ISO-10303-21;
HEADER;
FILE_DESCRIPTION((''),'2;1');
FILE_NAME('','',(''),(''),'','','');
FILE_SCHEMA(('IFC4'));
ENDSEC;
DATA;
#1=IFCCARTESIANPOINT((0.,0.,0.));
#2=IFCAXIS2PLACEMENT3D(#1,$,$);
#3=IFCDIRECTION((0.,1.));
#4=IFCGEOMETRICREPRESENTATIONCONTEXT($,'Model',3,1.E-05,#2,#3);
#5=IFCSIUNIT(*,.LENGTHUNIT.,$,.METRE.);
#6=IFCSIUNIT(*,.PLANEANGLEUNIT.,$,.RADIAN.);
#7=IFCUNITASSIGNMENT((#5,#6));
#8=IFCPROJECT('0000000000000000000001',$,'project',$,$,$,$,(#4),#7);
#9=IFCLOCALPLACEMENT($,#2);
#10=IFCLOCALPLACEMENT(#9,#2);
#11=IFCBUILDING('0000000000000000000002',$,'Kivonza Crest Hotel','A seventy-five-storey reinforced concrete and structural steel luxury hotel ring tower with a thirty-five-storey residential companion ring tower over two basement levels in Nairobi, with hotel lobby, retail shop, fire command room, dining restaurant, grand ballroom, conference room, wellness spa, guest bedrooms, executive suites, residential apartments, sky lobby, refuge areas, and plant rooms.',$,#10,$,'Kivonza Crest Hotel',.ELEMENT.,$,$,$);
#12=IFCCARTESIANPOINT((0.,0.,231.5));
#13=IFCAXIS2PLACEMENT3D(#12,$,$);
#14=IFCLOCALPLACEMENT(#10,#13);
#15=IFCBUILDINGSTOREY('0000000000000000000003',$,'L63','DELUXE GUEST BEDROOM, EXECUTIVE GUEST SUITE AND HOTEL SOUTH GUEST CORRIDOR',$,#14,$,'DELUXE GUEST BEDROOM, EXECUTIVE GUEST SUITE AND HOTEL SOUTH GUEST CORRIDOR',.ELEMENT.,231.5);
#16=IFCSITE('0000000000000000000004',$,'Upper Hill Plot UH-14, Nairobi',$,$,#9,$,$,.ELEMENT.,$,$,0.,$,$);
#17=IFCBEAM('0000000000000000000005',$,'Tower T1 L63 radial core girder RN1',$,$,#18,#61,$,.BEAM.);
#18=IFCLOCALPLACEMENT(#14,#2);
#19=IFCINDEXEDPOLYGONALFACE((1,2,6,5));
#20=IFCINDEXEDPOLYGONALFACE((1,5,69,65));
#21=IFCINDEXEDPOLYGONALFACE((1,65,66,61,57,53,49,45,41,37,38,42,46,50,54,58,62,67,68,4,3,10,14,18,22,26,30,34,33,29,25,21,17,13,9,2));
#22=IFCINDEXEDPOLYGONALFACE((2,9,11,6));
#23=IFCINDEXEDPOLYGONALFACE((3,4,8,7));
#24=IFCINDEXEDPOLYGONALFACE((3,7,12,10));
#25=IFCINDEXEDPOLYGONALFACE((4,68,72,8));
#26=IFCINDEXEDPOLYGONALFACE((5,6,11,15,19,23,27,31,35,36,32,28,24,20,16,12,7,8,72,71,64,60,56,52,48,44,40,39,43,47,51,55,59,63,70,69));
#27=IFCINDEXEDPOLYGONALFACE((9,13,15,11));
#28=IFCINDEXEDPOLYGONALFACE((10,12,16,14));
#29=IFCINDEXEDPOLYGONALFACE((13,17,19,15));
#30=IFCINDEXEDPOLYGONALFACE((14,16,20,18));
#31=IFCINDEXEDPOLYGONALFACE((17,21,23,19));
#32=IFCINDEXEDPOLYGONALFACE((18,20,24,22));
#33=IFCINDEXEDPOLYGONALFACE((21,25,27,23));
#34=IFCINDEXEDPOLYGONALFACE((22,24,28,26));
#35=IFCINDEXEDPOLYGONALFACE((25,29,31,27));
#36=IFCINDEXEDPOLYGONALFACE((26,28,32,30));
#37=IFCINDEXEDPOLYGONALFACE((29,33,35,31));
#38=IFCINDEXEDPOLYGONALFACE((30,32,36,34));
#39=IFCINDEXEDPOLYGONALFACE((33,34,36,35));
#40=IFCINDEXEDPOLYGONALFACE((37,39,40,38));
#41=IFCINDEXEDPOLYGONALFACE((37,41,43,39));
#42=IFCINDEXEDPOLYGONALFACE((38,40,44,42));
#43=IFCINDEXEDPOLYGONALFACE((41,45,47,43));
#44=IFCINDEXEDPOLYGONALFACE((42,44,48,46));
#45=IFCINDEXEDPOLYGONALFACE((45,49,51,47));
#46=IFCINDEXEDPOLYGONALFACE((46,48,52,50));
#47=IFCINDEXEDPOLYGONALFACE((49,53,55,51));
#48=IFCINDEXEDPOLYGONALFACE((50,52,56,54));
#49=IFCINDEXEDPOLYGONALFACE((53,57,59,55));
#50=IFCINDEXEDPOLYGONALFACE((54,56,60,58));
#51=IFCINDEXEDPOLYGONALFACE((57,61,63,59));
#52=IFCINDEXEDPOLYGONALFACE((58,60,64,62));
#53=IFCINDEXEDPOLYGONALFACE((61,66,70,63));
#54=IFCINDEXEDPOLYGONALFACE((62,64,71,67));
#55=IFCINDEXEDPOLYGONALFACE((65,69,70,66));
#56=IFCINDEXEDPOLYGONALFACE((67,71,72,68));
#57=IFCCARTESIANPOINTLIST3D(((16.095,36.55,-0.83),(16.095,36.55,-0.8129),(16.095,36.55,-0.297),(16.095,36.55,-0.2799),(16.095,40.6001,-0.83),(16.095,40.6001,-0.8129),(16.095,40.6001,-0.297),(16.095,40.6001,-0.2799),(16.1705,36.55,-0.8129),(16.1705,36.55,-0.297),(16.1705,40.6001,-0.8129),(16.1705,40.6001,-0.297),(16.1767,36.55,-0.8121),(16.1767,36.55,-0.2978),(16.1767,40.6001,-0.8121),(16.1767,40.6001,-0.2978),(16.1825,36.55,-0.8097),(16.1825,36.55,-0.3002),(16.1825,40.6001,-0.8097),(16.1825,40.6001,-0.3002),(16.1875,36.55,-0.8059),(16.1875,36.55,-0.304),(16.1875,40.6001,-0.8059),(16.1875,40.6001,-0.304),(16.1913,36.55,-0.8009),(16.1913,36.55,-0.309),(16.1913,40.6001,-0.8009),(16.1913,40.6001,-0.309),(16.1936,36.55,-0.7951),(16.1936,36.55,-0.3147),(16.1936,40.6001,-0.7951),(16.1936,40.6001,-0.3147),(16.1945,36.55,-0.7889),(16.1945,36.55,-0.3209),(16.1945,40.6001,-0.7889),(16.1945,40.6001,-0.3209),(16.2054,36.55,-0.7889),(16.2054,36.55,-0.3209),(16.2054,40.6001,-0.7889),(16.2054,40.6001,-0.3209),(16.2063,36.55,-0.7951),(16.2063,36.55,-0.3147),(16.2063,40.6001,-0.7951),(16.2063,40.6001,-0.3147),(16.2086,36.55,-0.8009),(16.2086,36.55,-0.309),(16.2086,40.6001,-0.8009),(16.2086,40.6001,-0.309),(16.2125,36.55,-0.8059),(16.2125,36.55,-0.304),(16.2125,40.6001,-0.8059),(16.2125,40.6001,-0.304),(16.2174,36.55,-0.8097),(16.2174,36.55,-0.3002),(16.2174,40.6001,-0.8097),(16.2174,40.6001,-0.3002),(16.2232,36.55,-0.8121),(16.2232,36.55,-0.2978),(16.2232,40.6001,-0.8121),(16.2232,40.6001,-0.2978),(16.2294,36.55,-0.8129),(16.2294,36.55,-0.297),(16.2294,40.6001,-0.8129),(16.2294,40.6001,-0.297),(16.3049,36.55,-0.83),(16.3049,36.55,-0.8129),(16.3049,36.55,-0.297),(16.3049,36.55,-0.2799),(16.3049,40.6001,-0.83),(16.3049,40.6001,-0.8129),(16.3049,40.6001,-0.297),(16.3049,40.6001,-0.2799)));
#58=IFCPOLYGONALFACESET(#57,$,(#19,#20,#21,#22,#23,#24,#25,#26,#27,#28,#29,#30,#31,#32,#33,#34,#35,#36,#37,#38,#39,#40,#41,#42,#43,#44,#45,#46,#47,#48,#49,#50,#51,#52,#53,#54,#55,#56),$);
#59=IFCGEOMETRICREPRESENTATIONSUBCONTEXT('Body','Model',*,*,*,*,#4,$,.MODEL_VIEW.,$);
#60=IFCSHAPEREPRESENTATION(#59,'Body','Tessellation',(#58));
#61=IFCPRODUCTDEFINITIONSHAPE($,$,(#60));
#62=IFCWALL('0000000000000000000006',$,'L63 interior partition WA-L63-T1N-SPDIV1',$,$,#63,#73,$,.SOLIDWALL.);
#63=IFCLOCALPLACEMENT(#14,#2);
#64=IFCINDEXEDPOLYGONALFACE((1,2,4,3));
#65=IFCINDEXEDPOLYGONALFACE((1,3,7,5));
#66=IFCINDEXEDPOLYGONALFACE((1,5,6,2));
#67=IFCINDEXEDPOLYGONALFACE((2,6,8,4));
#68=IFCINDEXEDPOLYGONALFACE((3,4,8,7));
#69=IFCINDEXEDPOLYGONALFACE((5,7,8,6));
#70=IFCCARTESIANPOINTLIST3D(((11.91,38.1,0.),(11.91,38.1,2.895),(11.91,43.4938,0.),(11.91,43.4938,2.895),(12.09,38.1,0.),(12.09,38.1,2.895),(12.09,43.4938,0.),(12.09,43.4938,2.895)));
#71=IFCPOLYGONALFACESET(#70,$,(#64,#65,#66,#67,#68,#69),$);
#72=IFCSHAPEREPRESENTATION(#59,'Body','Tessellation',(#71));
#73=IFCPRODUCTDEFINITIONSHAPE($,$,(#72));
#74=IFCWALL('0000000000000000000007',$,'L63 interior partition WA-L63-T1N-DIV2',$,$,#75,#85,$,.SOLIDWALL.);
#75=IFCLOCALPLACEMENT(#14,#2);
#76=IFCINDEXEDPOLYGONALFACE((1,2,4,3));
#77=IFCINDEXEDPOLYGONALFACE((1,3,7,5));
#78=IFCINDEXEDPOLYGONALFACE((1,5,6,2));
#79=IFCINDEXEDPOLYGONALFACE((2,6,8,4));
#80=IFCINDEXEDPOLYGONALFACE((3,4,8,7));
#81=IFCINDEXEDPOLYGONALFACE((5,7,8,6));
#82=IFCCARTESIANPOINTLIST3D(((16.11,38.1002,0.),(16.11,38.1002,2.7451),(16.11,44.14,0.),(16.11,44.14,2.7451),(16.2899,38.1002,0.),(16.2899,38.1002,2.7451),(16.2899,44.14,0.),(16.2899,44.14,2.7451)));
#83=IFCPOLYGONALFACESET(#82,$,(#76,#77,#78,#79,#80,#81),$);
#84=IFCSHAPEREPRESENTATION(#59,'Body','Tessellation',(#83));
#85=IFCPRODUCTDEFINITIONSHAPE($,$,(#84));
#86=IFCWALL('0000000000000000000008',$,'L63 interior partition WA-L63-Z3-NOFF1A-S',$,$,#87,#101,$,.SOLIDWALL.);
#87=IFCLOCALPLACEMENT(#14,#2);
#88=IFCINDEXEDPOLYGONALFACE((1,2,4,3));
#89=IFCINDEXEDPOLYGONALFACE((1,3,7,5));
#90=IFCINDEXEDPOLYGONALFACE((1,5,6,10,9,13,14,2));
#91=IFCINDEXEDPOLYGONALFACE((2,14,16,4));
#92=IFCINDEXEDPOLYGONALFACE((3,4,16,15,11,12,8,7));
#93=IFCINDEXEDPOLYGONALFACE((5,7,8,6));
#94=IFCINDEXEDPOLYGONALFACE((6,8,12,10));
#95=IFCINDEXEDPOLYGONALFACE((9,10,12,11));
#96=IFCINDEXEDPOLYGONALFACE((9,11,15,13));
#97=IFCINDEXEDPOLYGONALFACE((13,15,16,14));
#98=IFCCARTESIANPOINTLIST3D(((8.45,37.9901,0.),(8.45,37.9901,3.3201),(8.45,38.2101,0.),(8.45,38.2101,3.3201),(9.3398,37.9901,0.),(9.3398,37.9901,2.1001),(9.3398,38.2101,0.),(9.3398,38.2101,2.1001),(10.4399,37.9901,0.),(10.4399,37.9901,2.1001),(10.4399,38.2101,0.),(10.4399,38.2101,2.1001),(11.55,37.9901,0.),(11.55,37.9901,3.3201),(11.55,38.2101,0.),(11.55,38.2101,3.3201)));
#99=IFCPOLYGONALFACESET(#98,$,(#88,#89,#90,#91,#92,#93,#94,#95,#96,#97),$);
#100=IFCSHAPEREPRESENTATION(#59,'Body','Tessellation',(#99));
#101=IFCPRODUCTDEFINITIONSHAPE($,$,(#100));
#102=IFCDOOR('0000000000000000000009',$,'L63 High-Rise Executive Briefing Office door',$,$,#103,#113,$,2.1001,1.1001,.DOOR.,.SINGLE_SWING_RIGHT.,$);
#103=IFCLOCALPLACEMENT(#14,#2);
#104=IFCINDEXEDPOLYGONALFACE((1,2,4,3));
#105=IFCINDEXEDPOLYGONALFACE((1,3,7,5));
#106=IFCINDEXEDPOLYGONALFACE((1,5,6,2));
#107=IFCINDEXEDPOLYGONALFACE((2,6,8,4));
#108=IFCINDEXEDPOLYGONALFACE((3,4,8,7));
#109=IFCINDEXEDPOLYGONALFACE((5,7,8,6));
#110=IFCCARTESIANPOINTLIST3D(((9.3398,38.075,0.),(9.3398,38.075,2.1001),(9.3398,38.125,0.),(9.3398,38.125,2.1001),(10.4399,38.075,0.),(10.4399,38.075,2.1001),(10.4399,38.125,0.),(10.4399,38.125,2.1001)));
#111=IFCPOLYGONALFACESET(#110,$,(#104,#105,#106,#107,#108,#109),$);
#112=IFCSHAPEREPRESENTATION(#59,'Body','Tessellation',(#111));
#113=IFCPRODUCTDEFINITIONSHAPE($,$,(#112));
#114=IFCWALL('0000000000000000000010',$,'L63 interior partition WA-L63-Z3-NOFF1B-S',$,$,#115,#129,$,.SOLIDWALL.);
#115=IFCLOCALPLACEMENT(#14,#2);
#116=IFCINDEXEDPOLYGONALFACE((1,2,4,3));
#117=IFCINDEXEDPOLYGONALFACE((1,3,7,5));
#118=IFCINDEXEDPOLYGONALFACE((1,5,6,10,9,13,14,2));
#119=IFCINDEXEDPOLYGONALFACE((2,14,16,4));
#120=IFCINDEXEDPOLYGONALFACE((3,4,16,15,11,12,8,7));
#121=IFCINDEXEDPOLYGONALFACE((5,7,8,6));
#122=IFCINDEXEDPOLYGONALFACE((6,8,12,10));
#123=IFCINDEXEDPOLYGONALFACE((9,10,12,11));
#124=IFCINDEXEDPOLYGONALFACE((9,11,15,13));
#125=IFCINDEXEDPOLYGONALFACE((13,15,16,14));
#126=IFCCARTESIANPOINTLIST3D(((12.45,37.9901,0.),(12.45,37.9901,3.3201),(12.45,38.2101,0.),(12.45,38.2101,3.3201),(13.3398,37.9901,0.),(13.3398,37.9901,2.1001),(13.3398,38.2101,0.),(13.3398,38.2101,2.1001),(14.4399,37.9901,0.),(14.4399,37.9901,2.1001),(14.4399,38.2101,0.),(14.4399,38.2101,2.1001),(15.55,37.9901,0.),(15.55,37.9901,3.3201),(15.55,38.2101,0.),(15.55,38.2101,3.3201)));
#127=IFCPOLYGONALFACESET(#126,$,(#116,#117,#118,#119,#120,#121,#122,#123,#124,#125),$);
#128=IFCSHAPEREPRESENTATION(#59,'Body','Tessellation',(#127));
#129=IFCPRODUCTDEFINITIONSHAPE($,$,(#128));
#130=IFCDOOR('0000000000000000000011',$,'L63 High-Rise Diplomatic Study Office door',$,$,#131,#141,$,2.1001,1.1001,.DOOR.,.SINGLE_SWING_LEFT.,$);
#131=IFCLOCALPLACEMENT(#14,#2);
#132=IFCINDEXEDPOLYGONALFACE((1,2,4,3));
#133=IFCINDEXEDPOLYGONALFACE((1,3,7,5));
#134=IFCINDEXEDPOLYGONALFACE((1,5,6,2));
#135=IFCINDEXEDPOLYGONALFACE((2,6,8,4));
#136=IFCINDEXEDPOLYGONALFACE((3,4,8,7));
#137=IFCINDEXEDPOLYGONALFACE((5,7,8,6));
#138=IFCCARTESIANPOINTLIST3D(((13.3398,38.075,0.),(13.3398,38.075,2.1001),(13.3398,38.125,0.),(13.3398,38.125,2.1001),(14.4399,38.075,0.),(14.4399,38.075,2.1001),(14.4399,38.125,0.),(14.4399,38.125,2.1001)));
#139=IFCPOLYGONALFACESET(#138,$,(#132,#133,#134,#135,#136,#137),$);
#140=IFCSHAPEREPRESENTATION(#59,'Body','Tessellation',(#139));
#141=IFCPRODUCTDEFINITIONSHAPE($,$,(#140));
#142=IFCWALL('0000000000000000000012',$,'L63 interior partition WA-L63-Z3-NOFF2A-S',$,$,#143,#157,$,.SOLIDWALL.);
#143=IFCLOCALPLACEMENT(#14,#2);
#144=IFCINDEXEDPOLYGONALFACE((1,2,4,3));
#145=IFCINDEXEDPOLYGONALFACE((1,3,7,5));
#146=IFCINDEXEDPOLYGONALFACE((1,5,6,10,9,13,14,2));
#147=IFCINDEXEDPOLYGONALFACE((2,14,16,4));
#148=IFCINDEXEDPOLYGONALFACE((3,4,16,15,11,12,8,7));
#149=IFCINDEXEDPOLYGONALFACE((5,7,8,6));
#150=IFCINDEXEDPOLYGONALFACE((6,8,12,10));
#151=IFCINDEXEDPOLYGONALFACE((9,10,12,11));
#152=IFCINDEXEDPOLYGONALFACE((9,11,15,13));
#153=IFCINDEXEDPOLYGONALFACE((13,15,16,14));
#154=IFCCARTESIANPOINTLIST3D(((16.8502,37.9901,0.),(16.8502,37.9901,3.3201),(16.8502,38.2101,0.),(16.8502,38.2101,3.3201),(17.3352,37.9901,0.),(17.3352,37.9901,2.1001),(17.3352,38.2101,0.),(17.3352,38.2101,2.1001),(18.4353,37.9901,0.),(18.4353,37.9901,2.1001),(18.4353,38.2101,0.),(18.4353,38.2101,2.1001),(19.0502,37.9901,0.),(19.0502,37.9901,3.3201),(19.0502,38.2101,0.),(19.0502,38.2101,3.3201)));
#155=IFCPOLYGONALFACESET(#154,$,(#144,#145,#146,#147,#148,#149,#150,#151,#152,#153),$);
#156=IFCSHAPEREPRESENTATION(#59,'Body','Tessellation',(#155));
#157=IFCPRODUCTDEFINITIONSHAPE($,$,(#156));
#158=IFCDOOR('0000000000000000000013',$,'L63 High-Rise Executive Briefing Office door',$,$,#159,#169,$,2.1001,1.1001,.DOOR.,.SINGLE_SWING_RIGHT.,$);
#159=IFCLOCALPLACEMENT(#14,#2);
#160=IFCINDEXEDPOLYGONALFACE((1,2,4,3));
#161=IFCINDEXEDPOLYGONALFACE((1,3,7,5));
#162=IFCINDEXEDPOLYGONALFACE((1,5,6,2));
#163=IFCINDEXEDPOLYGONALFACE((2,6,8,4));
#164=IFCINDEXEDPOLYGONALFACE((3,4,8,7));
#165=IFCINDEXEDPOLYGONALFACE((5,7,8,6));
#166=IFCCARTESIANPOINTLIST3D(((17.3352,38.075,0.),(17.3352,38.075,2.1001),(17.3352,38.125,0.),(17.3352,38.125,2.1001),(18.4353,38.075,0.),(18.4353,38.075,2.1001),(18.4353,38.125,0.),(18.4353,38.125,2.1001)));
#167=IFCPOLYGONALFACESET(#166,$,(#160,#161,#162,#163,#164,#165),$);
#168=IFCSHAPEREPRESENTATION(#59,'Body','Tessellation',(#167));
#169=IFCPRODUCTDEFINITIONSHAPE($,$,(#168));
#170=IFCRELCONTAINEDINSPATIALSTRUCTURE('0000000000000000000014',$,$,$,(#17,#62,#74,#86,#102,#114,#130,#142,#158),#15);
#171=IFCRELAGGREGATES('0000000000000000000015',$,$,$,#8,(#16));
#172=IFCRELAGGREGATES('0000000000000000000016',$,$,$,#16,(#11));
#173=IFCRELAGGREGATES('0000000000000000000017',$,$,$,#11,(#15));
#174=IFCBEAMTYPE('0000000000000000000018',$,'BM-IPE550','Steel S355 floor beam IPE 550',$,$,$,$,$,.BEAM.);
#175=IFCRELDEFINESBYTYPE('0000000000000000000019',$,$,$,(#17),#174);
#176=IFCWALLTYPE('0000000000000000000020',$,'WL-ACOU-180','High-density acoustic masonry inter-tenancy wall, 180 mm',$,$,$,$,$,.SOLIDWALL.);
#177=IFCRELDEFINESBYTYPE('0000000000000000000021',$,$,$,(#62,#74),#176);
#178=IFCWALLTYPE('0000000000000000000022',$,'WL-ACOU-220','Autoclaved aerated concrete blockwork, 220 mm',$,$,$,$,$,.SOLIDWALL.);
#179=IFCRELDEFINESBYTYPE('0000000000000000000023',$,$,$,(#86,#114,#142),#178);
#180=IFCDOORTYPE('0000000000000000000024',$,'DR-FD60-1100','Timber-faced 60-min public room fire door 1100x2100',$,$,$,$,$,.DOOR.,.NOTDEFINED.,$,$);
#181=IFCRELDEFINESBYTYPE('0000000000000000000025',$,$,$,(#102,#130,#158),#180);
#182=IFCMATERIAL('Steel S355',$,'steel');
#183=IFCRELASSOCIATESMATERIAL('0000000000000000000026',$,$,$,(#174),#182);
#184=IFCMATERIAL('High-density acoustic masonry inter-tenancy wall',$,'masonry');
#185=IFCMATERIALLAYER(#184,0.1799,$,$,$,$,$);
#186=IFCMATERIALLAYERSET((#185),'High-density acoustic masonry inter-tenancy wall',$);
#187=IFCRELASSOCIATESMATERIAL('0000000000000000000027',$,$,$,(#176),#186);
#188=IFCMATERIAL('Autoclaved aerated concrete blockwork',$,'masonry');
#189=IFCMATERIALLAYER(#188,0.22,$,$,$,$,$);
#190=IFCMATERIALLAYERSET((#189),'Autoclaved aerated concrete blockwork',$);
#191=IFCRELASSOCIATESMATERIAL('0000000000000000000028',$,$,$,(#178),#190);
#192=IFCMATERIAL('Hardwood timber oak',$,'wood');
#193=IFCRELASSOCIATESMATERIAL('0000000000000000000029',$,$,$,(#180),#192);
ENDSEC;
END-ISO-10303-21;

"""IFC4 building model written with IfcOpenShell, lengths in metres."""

from ifc_helpers import new_model, si_unit, direction, frame, frame_2d, origin, origin_2d, place, context, subcontext, project, spatial, rectangle, i_section, extrude, material, layer, layer_set, material_profile, profile_set, type_object, element, fill, save


model = new_model("IFC4")

# Units and contexts
model_context = context("Model", 3, precision=1e-05, world=origin(), true_north=direction((0.0, 1.0)))
body_context = subcontext(model_context, "Body", "Model", "MODEL_VIEW")
ifc_project = project(units=[si_unit("LENGTHUNIT", "METRE"), si_unit("PLANEANGLEUNIT", "RADIAN")], contexts=[model_context])

# Site, building, storey
site_placement = place(None, origin())
site = spatial("IfcSite", under=ifc_project, at=site_placement, Name="Upper Hill Plot UH-14, Nairobi", CompositionType="ELEMENT", RefElevation=0.0)
building_placement = place(site_placement, origin())
building = spatial("IfcBuilding", under=site, at=building_placement, Name="Kivonza Crest Hotel", Description="A seventy-five-storey reinforced concrete and structural steel luxury hotel ring tower with a thirty-five-storey residential companion ring tower over two basement levels in Nairobi, with hotel lobby, retail shop, fire command room, dining restaurant, grand ballroom, conference room, wellness spa, guest bedrooms, executive suites, residential apartments, sky lobby, refuge areas, and plant rooms.", LongName="Kivonza Crest Hotel", CompositionType="ELEMENT")
storey_placement = place(building_placement, frame((0.0, 0.0, 231.5)))
storey = spatial("IfcBuildingStorey", under=building, at=storey_placement, Name="L63", Description="DELUXE GUEST BEDROOM, EXECUTIVE GUEST SUITE AND HOTEL SOUTH GUEST CORRIDOR", LongName="DELUXE GUEST BEDROOM, EXECUTIVE GUEST SUITE AND HOTEL SOUTH GUEST CORRIDOR", CompositionType="ELEMENT", Elevation=231.5)

# Beam
ifc_material_1 = material(Name="Steel S355", Category="steel")
ifc_material_profile_1 = material_profile(ifc_material_1, i_section(OverallWidth=0.21, OverallDepth=0.55, WebThickness=0.011, FlangeThickness=0.0171, FilletRadius=0.0239, at=origin_2d()), Name="IPE 550")
ifc_profile_set_1 = profile_set([ifc_material_profile_1], Name="Steel S355")
beam_type_1 = type_object("IfcBeamType", Name="BM-IPE550", Description="Steel S355 floor beam IPE 550", PredefinedType="BEAM", material=ifc_profile_set_1)
beam_1_placement = place(storey_placement, frame((16.2, 40.6001, -0.5549), z_axis=(0.0, -1.0, 0.0), x_axis=(1.0, 0.0, 0.0)))
element("IfcBeam", 1, at=beam_1_placement, inside=storey, type_object=beam_type_1, Name="Tower T1 L63 radial core girder RN1", PredefinedType="BEAM", context=body_context, shape_type="SweptSolid", body=[
    extrude(i_section(OverallWidth=0.21, OverallDepth=0.55, WebThickness=0.011, FlangeThickness=0.0171, FilletRadius=0.0239, at=origin_2d()), origin(), (0.0, 0.0, 1.0), 4.05),
])

# Walls
ifc_material_2 = material(Name="High-density acoustic masonry inter-tenancy wall", Category="masonry")
ifc_layer_1 = layer(ifc_material_2, 0.1799)
ifc_layer_set_1 = layer_set([ifc_layer_1], Name="High-density acoustic masonry inter-tenancy wall")
wall_type_1 = type_object("IfcWallType", Name="WL-ACOU-180", Description="High-density acoustic masonry inter-tenancy wall, 180 mm", PredefinedType="SOLIDWALL", material=ifc_layer_set_1)
wall_1_placement = place(storey_placement, frame((12.0, 38.1001, 0.0), z_axis=(0.0, 0.0, 1.0), x_axis=(0.0, 1.0, 0.0)))
element("IfcWall", 2, at=wall_1_placement, inside=storey, type_object=wall_type_1, Name="L63 interior partition WA-L63-T1N-SPDIV1", PredefinedType="SOLIDWALL", context=body_context, shape_type="SweptSolid", body=[
    extrude(rectangle(XDim=5.3938, YDim=0.1799, at=frame_2d((2.6968, 0.0))), origin(), (0.0, 0.0, 1.0), 2.895),
])
wall_2_placement = place(storey_placement, frame((16.2, 38.1001, 0.0), z_axis=(0.0, 0.0, 1.0), x_axis=(0.0, 1.0, 0.0)))
element("IfcWall", 3, at=wall_2_placement, inside=storey, type_object=wall_type_1, Name="L63 interior partition WA-L63-T1N-DIV2", PredefinedType="SOLIDWALL", context=body_context, shape_type="SweptSolid", body=[
    extrude(rectangle(XDim=6.0398, YDim=0.1799, at=frame_2d((3.02, 0.0))), origin(), (0.0, 0.0, 1.0), 2.7451),
])

# Walls, openings, doors
ifc_material_3 = material(Name="Autoclaved aerated concrete blockwork", Category="masonry")
ifc_layer_2 = layer(ifc_material_3, 0.22)
ifc_layer_set_2 = layer_set([ifc_layer_2], Name="Autoclaved aerated concrete blockwork")
wall_type_2 = type_object("IfcWallType", Name="WL-ACOU-220", Description="Autoclaved aerated concrete blockwork, 220 mm", PredefinedType="SOLIDWALL", material=ifc_layer_set_2)
wall_3_placement = place(storey_placement, frame((8.45, 38.1001, 0.0), z_axis=(0.0, 0.0, 1.0), x_axis=(1.0, 0.0, 0.0)))
wall_3 = element("IfcWall", 4, at=wall_3_placement, inside=storey, type_object=wall_type_2, Name="L63 interior partition WA-L63-Z3-NOFF1A-S", PredefinedType="SOLIDWALL", context=body_context, shape_type="SweptSolid", body=[
    extrude(rectangle(XDim=3.1001, YDim=0.22, at=frame_2d((1.55, 0.0))), origin(), (0.0, 0.0, 1.0), 3.3201),
])
opening_1_placement = place(wall_3_placement, frame((0.8899, 0.0, 0.0)))
opening_1 = element("IfcOpeningElement", 5, at=opening_1_placement, cuts=wall_3, PredefinedType="OPENING", context=body_context, shape_type="SweptSolid", body=[
    extrude(rectangle(XDim=1.1001, YDim=2.1001, at=frame_2d((0.55, 1.05))), frame((0.0, 0.1201, 0.0), z_axis=(0.0, -1.0, 0.0), x_axis=(1.0, 0.0, 0.0)), (0.0, 0.0, 1.0), 0.24),
])
ifc_material_4 = material(Name="Hardwood timber oak", Category="wood")
door_type = type_object("IfcDoorType", Name="DR-FD60-1100", Description="Timber-faced 60-min public room fire door 1100x2100", OperationType="NOTDEFINED", PredefinedType="DOOR", material=ifc_material_4)
door_1_placement = place(opening_1_placement, origin())
door_1 = element("IfcDoor", 6, at=door_1_placement, inside=storey, type_object=door_type, Name="L63 High-Rise Executive Briefing Office door", OperationType="SINGLE_SWING_RIGHT", OverallHeight=2.1001, OverallWidth=1.1001, PredefinedType="DOOR", context=body_context, shape_type="SweptSolid", body=[
    extrude(rectangle(XDim=1.1001, YDim=2.1001, at=frame_2d((0.55, 1.05))), frame((0.0, 0.0249, 0.0), z_axis=(0.0, -1.0, 0.0), x_axis=(1.0, 0.0, 0.0)), (0.0, 0.0, 1.0), 0.05),
])
fill(opening_1, door_1)
wall_4_placement = place(storey_placement, frame((12.45, 38.1001, 0.0), z_axis=(0.0, 0.0, 1.0), x_axis=(1.0, 0.0, 0.0)))
wall_4 = element("IfcWall", 7, at=wall_4_placement, inside=storey, type_object=wall_type_2, Name="L63 interior partition WA-L63-Z3-NOFF1B-S", PredefinedType="SOLIDWALL", context=body_context, shape_type="SweptSolid", body=[
    extrude(rectangle(XDim=3.1001, YDim=0.22, at=frame_2d((1.55, 0.0))), origin(), (0.0, 0.0, 1.0), 3.3201),
])
opening_2_placement = place(wall_4_placement, frame((0.8899, 0.0, 0.0)))
opening_2 = element("IfcOpeningElement", 8, at=opening_2_placement, cuts=wall_4, PredefinedType="OPENING", context=body_context, shape_type="SweptSolid", body=[
    extrude(rectangle(XDim=1.1001, YDim=2.1001, at=frame_2d((0.55, 1.05))), frame((0.0, 0.1201, 0.0), z_axis=(0.0, -1.0, 0.0), x_axis=(1.0, 0.0, 0.0)), (0.0, 0.0, 1.0), 0.24),
])
door_2_placement = place(opening_2_placement, origin())
door_2 = element("IfcDoor", 9, at=door_2_placement, inside=storey, type_object=door_type, Name="L63 High-Rise Diplomatic Study Office door", OperationType="SINGLE_SWING_LEFT", OverallHeight=2.1001, OverallWidth=1.1001, PredefinedType="DOOR", context=body_context, shape_type="SweptSolid", body=[
    extrude(rectangle(XDim=1.1001, YDim=2.1001, at=frame_2d((0.55, 1.05))), frame((0.0, 0.0249, 0.0), z_axis=(0.0, -1.0, 0.0), x_axis=(1.0, 0.0, 0.0)), (0.0, 0.0, 1.0), 0.05),
])
fill(opening_2, door_2)
wall_5_placement = place(storey_placement, frame((16.8501, 38.1001, 0.0), z_axis=(0.0, 0.0, 1.0), x_axis=(1.0, 0.0, 0.0)))
wall_5 = element("IfcWall", 10, at=wall_5_placement, inside=storey, type_object=wall_type_2, Name="L63 interior partition WA-L63-Z3-NOFF2A-S", PredefinedType="SOLIDWALL", context=body_context, shape_type="SweptSolid", body=[
    extrude(rectangle(XDim=2.2, YDim=0.22, at=frame_2d((1.1001, 0.0))), origin(), (0.0, 0.0, 1.0), 3.3201),
])
opening_3_placement = place(wall_5_placement, frame((0.4851, 0.0, 0.0)))
opening_3 = element("IfcOpeningElement", 11, at=opening_3_placement, cuts=wall_5, PredefinedType="OPENING", context=body_context, shape_type="SweptSolid", body=[
    extrude(rectangle(XDim=1.1001, YDim=2.1001, at=frame_2d((0.55, 1.05))), frame((0.0, 0.1201, 0.0), z_axis=(0.0, -1.0, 0.0), x_axis=(1.0, 0.0, 0.0)), (0.0, 0.0, 1.0), 0.24),
])
door_3_placement = place(opening_3_placement, origin())
door_3 = element("IfcDoor", 12, at=door_3_placement, inside=storey, type_object=door_type, Name="L63 High-Rise Executive Briefing Office door", OperationType="SINGLE_SWING_RIGHT", OverallHeight=2.1001, OverallWidth=1.1001, PredefinedType="DOOR", context=body_context, shape_type="SweptSolid", body=[
    extrude(rectangle(XDim=1.1001, YDim=2.1001, at=frame_2d((0.55, 1.05))), frame((0.0, 0.0249, 0.0), z_axis=(0.0, -1.0, 0.0), x_axis=(1.0, 0.0, 0.0)), (0.0, 0.0, 1.0), 0.05),
])
fill(opening_3, door_3)

save(model, "model.ifc")
